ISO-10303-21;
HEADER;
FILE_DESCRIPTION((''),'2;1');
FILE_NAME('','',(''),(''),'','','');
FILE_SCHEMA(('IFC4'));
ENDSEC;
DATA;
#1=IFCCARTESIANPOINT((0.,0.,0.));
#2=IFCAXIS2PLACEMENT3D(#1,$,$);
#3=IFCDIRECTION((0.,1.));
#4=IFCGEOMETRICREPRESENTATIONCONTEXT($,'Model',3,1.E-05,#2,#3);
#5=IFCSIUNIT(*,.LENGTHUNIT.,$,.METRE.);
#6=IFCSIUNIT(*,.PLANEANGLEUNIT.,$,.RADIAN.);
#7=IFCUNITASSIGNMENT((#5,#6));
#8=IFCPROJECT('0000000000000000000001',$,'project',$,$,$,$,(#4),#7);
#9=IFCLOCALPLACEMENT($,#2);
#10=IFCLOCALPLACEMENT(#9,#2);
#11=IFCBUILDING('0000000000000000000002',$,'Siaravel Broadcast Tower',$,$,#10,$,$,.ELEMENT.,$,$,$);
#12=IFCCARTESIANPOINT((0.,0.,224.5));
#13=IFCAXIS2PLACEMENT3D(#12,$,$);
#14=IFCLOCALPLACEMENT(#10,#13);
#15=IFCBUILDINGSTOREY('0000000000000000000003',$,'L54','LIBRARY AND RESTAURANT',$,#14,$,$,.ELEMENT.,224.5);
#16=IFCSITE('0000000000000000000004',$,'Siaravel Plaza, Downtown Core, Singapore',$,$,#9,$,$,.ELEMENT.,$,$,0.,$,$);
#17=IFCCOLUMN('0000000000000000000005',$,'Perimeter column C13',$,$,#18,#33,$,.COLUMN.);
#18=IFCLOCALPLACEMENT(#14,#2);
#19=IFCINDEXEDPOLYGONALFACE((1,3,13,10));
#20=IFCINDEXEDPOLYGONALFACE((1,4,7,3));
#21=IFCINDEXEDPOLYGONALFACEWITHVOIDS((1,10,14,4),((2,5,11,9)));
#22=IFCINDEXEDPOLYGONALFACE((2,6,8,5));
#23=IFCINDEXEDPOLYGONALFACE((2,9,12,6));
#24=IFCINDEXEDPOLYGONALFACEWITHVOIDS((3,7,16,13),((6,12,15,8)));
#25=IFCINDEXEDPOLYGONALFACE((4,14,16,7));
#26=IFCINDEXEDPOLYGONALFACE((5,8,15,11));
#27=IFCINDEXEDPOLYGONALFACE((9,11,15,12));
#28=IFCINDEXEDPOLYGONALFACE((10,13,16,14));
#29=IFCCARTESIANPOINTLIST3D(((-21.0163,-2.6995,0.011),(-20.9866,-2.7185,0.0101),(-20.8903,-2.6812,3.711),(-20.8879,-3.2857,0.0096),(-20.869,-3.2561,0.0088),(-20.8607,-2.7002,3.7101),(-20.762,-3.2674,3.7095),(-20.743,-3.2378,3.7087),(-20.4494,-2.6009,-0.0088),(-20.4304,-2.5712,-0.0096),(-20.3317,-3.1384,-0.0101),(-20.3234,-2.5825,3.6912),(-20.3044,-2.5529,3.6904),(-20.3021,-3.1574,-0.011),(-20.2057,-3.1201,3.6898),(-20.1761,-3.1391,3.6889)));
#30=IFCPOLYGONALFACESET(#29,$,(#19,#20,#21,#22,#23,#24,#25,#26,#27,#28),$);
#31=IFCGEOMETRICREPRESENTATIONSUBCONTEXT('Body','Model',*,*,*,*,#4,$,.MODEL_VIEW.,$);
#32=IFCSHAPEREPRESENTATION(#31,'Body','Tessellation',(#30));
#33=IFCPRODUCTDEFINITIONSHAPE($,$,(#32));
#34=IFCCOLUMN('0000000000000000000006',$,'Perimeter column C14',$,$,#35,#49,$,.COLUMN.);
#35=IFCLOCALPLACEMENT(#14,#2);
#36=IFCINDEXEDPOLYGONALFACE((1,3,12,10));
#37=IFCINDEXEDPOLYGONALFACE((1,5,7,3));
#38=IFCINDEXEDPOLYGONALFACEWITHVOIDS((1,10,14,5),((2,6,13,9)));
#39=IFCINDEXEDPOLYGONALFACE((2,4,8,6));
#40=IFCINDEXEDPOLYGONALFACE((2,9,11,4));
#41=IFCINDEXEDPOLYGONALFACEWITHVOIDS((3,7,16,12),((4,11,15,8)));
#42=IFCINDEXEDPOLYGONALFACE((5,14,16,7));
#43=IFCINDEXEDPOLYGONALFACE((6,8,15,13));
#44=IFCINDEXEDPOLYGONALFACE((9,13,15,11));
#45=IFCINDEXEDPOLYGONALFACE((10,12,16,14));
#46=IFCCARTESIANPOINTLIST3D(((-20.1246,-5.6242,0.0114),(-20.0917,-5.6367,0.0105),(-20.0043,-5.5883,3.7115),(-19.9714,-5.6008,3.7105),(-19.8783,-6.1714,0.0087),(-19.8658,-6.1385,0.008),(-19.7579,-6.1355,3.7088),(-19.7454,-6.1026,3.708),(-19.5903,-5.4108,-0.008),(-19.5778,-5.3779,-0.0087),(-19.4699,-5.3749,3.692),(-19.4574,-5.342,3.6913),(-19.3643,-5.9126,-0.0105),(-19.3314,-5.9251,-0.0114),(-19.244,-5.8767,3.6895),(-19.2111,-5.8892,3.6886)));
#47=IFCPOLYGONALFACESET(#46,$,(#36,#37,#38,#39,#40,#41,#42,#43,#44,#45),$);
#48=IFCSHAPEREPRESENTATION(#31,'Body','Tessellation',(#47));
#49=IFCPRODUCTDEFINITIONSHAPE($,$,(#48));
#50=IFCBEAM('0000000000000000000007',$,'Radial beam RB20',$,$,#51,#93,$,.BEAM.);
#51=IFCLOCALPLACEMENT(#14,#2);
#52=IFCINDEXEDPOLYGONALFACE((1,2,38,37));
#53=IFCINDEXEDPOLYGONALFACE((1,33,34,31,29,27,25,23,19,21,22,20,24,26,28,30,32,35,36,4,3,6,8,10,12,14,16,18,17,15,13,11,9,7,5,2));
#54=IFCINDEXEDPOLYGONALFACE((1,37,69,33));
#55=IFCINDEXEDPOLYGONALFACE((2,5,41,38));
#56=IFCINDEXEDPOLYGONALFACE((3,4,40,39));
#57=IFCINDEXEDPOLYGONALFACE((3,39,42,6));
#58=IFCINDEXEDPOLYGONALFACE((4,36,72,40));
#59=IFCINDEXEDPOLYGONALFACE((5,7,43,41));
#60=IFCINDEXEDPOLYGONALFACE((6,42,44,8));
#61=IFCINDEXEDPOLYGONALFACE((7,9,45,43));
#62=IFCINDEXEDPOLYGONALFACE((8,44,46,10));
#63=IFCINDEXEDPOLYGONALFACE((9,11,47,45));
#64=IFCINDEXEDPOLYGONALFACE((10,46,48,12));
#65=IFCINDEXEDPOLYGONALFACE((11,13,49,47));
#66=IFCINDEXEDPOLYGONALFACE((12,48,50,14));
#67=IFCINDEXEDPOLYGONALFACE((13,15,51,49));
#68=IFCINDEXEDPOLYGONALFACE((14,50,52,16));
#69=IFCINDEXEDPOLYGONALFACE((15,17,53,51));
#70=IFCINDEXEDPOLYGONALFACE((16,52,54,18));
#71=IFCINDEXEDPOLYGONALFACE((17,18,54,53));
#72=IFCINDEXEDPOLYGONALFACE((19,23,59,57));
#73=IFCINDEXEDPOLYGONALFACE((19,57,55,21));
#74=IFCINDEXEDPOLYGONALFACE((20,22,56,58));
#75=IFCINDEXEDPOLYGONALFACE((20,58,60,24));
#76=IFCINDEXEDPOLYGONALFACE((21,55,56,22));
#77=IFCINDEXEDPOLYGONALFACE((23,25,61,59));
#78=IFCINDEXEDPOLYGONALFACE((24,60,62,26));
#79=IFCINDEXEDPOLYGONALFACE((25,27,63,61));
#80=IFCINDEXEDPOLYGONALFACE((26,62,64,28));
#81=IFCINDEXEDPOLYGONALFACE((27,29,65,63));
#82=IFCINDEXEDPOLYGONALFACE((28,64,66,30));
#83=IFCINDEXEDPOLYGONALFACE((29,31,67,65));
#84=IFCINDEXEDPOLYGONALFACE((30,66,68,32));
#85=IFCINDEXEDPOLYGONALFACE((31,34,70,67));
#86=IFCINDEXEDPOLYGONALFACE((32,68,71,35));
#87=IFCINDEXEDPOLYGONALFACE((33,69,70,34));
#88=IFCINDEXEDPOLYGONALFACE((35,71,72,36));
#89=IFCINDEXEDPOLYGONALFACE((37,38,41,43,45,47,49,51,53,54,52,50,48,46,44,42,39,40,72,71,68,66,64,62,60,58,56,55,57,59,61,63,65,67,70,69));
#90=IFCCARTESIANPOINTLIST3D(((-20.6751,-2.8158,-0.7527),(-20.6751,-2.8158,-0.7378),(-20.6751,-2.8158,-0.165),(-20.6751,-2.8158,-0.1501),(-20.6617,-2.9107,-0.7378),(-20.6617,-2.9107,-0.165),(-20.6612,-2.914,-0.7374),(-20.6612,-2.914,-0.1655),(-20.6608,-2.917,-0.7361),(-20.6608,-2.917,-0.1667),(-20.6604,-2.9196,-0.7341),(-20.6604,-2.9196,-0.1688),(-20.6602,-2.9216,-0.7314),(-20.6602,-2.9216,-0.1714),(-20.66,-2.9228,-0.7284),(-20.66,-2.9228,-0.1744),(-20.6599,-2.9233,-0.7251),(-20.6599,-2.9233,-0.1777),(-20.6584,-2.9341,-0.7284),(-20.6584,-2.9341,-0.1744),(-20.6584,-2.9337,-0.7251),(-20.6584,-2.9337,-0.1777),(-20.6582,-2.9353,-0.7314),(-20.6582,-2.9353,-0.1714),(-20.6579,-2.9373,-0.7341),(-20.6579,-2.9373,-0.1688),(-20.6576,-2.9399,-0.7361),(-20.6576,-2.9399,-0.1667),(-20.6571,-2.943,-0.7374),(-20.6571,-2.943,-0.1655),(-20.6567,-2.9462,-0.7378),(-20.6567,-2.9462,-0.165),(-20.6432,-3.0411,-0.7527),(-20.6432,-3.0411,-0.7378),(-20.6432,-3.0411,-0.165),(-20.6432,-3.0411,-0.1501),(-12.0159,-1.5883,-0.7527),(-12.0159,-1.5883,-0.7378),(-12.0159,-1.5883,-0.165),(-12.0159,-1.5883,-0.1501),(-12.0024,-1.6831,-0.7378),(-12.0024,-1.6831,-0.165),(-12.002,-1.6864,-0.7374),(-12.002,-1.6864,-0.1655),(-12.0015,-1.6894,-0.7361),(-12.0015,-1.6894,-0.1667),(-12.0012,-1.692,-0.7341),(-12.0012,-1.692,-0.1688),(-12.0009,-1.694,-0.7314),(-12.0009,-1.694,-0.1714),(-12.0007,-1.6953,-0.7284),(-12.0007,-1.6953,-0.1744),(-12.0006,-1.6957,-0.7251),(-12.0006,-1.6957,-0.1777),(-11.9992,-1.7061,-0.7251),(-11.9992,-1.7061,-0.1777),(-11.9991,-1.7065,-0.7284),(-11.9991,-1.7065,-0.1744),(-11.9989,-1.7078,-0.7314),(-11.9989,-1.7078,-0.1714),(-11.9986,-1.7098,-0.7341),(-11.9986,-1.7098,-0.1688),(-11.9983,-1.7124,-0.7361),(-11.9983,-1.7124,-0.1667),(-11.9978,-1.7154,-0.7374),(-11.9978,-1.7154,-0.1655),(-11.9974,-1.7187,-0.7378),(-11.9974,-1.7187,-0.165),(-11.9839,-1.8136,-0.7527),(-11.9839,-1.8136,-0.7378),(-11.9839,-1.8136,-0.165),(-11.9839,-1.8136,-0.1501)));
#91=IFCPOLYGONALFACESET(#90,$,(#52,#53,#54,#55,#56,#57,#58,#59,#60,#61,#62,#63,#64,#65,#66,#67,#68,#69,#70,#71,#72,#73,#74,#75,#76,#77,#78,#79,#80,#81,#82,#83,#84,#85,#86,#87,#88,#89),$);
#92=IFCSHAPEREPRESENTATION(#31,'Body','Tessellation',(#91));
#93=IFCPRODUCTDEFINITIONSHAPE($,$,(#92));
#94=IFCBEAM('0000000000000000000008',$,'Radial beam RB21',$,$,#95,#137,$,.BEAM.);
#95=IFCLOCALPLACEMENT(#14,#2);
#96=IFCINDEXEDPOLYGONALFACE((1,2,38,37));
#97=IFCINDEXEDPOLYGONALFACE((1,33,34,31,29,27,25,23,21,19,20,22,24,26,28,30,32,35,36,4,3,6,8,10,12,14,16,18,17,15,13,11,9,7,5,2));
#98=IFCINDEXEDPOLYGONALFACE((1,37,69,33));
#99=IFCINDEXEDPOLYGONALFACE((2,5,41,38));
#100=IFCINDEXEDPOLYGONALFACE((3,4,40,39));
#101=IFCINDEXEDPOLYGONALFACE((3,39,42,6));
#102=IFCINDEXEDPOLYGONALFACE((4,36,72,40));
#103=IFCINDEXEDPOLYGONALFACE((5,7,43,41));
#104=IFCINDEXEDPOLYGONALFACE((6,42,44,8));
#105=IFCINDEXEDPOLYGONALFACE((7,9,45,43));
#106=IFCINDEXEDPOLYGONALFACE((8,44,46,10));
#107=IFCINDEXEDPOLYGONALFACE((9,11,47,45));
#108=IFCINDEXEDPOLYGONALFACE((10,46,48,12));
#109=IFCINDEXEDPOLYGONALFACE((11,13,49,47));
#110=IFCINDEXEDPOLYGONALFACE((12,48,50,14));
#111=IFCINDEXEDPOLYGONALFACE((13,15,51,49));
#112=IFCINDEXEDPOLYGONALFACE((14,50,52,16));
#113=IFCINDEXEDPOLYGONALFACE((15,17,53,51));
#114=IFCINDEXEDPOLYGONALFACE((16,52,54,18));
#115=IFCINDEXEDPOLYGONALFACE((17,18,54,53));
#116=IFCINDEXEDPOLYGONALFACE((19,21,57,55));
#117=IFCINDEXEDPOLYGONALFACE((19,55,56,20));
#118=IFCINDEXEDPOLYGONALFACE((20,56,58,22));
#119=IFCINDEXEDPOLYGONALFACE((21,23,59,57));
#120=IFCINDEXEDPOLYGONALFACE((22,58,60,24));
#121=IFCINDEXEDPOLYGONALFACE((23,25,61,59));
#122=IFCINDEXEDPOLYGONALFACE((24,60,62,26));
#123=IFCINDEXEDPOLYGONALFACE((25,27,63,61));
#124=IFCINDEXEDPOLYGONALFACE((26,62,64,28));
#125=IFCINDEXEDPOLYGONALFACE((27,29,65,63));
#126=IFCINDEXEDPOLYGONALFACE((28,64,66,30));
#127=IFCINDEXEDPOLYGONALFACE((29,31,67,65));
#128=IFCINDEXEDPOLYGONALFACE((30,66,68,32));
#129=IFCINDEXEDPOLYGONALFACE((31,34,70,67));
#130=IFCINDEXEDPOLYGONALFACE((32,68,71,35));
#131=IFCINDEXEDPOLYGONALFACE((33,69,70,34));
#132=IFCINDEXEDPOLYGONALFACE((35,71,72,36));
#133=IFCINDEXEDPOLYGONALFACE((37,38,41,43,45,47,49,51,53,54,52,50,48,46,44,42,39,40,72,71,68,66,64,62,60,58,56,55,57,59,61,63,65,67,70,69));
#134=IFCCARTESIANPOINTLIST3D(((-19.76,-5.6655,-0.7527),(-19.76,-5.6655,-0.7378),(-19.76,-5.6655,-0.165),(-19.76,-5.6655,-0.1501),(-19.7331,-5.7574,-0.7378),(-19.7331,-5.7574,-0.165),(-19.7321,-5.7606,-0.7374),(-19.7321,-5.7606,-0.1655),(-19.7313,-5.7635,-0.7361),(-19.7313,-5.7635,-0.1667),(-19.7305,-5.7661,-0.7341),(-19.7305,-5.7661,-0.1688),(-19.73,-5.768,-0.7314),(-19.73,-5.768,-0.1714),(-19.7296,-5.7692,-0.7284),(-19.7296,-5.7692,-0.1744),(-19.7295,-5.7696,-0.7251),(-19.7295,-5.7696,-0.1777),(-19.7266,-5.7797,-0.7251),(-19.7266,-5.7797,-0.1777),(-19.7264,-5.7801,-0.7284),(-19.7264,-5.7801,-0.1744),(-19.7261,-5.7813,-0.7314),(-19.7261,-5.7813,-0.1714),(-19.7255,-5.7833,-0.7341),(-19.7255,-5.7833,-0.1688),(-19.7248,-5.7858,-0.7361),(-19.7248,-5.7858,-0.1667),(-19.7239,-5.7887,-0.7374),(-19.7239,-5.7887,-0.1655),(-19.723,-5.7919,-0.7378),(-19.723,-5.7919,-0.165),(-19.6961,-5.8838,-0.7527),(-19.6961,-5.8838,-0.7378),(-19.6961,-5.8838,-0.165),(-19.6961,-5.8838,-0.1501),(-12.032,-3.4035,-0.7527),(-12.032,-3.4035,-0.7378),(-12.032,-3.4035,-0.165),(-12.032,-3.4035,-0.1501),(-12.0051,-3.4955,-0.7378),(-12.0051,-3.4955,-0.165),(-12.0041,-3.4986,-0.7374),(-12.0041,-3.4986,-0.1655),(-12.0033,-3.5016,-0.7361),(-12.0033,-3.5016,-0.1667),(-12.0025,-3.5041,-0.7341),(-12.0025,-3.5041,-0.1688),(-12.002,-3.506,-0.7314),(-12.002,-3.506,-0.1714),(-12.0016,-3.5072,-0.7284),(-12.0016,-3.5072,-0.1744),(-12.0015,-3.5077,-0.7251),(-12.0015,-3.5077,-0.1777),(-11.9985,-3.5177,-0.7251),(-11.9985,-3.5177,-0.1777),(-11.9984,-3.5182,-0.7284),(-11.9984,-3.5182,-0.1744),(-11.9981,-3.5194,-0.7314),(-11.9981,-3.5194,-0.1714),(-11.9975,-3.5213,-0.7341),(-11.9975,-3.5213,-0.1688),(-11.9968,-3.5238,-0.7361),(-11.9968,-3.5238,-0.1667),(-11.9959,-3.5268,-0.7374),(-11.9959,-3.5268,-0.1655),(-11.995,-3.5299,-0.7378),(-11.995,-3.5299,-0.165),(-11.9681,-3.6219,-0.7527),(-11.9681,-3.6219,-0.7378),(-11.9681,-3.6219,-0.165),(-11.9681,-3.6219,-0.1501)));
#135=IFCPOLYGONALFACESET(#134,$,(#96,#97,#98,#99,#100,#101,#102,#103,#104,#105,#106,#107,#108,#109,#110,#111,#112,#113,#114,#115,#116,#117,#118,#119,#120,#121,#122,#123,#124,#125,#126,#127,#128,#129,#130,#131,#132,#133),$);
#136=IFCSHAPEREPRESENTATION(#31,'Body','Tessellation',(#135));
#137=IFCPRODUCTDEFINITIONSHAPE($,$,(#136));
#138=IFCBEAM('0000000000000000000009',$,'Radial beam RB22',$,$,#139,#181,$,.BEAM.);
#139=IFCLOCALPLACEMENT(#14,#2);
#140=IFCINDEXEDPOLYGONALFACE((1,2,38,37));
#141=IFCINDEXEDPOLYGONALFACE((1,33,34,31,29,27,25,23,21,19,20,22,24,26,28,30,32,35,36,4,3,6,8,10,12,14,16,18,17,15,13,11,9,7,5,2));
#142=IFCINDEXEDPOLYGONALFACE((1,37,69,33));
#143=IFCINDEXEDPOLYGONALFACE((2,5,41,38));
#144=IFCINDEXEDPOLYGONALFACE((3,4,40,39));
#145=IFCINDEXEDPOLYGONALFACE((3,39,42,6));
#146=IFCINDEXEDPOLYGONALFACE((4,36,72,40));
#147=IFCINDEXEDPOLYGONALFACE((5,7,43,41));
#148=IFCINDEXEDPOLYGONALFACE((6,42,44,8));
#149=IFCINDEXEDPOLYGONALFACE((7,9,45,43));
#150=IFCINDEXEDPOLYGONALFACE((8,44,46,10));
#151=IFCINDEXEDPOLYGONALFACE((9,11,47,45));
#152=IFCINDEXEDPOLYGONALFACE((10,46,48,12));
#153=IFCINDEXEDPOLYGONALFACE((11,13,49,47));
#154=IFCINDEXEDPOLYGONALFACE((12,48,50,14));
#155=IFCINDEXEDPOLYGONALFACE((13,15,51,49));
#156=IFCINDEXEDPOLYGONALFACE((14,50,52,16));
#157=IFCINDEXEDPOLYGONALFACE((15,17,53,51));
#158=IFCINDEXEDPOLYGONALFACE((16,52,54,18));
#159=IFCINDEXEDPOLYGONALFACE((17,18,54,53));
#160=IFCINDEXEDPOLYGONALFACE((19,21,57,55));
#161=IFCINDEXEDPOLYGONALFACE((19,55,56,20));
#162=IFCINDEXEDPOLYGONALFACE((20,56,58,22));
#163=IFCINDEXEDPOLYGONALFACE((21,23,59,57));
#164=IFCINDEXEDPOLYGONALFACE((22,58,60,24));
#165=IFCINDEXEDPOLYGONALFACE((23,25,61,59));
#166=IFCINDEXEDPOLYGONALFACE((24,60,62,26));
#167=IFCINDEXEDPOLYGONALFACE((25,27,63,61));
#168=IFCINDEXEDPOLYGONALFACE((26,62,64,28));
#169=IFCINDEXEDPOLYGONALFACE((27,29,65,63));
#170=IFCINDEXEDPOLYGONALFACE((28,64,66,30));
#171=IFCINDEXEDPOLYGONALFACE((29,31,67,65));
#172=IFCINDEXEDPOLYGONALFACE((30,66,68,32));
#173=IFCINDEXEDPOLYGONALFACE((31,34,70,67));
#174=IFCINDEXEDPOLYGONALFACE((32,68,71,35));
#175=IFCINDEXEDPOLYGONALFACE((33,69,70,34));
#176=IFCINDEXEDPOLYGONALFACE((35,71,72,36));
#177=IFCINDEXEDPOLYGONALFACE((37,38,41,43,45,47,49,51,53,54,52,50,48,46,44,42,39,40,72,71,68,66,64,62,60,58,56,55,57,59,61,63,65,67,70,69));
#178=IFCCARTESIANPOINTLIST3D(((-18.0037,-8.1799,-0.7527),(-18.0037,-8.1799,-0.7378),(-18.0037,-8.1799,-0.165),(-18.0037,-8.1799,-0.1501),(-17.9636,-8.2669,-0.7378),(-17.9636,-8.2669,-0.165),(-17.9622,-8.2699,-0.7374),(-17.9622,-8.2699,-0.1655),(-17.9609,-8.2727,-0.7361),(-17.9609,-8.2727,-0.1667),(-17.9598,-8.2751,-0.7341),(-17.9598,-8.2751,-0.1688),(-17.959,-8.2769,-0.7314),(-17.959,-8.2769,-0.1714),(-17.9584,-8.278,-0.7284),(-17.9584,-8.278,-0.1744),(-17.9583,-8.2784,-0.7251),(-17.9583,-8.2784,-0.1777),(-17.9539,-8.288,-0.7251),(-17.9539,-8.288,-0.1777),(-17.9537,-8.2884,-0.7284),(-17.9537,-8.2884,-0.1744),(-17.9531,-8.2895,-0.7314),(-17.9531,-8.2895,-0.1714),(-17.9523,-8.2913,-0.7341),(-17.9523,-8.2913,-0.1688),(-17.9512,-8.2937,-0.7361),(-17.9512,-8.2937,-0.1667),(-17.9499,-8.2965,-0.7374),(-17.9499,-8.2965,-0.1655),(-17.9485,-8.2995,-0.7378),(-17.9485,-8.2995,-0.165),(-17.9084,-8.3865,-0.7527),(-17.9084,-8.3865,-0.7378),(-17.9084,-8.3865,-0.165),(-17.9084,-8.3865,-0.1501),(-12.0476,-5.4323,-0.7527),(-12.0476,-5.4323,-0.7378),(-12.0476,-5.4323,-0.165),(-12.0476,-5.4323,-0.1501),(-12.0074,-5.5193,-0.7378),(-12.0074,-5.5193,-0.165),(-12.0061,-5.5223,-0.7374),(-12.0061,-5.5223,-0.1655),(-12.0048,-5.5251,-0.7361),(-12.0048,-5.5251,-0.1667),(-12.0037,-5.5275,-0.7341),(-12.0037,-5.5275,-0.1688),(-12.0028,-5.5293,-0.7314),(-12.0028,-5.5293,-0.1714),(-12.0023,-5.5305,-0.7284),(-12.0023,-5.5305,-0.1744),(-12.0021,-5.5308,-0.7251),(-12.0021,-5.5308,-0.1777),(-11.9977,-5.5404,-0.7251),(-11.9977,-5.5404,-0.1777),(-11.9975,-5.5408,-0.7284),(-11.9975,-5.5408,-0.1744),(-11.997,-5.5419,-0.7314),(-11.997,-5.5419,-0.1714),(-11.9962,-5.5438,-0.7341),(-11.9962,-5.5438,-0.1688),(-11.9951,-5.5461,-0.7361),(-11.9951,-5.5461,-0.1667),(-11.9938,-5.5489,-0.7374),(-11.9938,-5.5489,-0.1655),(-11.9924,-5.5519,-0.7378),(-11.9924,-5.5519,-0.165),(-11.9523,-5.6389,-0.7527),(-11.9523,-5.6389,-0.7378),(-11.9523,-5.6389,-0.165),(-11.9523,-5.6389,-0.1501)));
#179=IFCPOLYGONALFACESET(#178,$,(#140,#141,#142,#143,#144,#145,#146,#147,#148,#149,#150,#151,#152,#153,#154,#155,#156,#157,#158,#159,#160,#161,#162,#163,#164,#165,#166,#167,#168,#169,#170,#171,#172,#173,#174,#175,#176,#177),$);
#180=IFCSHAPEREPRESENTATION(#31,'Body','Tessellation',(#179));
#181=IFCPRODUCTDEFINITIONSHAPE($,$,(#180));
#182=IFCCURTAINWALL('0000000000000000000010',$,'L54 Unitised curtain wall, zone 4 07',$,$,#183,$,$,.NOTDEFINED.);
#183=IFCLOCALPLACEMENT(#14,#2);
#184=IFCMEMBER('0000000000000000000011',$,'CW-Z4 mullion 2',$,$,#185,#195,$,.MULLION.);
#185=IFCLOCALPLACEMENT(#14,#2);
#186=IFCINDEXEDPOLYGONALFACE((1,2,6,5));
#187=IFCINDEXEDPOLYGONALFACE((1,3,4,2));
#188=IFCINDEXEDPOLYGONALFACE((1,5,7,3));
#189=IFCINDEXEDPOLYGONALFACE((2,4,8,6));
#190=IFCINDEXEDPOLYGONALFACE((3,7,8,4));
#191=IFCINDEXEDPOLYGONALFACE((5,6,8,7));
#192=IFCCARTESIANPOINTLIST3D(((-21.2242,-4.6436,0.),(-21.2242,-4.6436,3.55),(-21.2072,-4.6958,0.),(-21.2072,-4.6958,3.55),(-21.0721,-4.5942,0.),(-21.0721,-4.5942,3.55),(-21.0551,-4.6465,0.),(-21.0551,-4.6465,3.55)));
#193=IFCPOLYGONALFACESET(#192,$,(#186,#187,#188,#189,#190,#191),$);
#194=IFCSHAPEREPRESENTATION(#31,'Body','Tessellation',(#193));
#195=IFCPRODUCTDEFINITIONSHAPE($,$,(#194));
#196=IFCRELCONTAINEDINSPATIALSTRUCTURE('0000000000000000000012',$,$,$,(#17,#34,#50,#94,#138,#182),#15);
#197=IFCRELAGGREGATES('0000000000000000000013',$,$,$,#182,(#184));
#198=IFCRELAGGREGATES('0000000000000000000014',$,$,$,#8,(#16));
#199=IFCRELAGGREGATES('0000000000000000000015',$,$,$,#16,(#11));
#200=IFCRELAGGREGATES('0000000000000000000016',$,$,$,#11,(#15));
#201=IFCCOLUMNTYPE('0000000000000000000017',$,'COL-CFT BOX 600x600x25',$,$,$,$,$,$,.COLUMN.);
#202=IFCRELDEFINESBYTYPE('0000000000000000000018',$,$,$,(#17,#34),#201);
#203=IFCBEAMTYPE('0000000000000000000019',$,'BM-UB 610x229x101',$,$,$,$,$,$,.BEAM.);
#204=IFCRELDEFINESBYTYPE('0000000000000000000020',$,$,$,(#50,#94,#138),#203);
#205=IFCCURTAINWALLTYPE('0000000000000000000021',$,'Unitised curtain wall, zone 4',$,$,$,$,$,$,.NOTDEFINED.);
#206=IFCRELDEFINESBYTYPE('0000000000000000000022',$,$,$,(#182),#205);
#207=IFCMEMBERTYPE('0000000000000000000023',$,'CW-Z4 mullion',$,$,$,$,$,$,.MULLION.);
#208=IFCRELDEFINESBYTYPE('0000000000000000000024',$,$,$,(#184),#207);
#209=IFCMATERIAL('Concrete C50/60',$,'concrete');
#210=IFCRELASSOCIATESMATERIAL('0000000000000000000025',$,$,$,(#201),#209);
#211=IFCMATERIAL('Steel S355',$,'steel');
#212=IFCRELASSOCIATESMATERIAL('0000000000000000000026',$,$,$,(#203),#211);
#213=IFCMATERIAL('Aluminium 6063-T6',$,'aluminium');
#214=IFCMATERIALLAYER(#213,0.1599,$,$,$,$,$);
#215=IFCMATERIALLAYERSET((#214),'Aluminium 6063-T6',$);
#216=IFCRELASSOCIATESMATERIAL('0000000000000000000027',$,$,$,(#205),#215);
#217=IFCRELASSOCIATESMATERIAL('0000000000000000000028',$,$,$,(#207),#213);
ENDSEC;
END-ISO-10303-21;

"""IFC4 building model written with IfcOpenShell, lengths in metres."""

from ifc_helpers import new_model, si_unit, direction, frame, origin, origin_2d, place, context, subcontext, project, spatial, rectangle, hollow_rectangle, i_section, extrude, material, layer, layer_set, material_profile, profile_set, type_object, element, aggregate, save


model = new_model("IFC4")

# Units and contexts
model_context = context("Model", 3, precision=1e-05, world=origin(), true_north=direction((0.0, 1.0)))
body_context = subcontext(model_context, "Body", "Model", "MODEL_VIEW")
ifc_project = project(units=[si_unit("LENGTHUNIT", "METRE"), si_unit("PLANEANGLEUNIT", "RADIAN")], contexts=[model_context])

# Site, building, storey
site_placement = place(None, origin())
site = spatial("IfcSite", under=ifc_project, at=site_placement, Name="Siaravel Plaza, Downtown Core, Singapore", CompositionType="ELEMENT", RefElevation=0.0)
building_placement = place(site_placement, origin())
building = spatial("IfcBuilding", under=site, at=building_placement, Name="Siaravel Broadcast Tower", CompositionType="ELEMENT")
storey_placement = place(building_placement, frame((0.0, 0.0, 224.5)))
storey = spatial("IfcBuildingStorey", under=building, at=storey_placement, Name="L54", Description="LIBRARY AND RESTAURANT", CompositionType="ELEMENT", Elevation=224.5)

# Columns
ifc_material_1 = material(Name="Concrete C50/60", Category="concrete")
ifc_material_profile_1 = material_profile(ifc_material_1, hollow_rectangle(XDim=0.6001, YDim=0.6001, WallThickness=0.0249, at=origin_2d()))
ifc_profile_set_1 = profile_set([ifc_material_profile_1], Name="Concrete C50/60")
column_type = type_object("IfcColumnType", Name="COL-CFT BOX 600x600x25", PredefinedType="COLUMN", material=ifc_profile_set_1)
for number, where, z_axis, x_axis, name in (
    (1, (-20.6592, -2.9285, 0.0), (0.034028, 0.004946, 0.999409), (-0.213841, 0.976865, 0.002447), "Perimeter column C13"),
    (2, (-19.728, -5.7747, 0.0), (0.032512, 0.009694, 0.999424), (-0.41057, 0.911818, 0.004512), "Perimeter column C14"),
):
    element("IfcColumn", number, at=place(storey_placement, frame(where, z_axis=z_axis, x_axis=x_axis)), inside=storey, type_object=column_type, Name=name, PredefinedType="COLUMN", context=body_context, shape_type="SweptSolid", body=[
        extrude(hollow_rectangle(XDim=0.6001, YDim=0.6001, WallThickness=0.0249, at=origin_2d()), origin(), (0.0, 0.0, 1.0), 3.7021),
    ])

# Beams
ifc_material_2 = material(Name="Steel S355", Category="steel")
ifc_material_profile_2 = material_profile(ifc_material_2, i_section(OverallWidth=0.2275, OverallDepth=0.6025, WebThickness=0.0105, FlangeThickness=0.0149, FilletRadius=0.0127, at=origin_2d()))
ifc_profile_set_2 = profile_set([ifc_material_profile_2], Name="Steel S355")
beam_type = type_object("IfcBeamType", Name="BM-UB 610x229x101", PredefinedType="BEAM", material=ifc_profile_set_2)
beam_1_placement = place(storey_placement, frame((-20.6592, -2.9285, -0.4514), z_axis=(0.990101, 0.140358, 0.0), x_axis=(-0.140358, 0.990101, 0.0)))
element("IfcBeam", 3, at=beam_1_placement, inside=storey, type_object=beam_type, Name="Radial beam RB20", PredefinedType="BEAM", context=body_context, shape_type="SweptSolid", body=[
    extrude(i_section(OverallWidth=0.2275, OverallDepth=0.6025, WebThickness=0.0105, FlangeThickness=0.0149, FilletRadius=0.0127, at=origin_2d()), origin(), (0.0, 0.0, 1.0), 8.7458),
])
beam_2_placement = place(storey_placement, frame((-19.728, -5.7747, -0.4514), z_axis=(0.959734, 0.28091, 0.0), x_axis=(-0.28091, 0.959734, 0.0)))
element("IfcBeam", 4, at=beam_2_placement, inside=storey, type_object=beam_type, Name="Radial beam RB21", PredefinedType="BEAM", context=body_context, shape_type="SweptSolid", body=[
    extrude(i_section(OverallWidth=0.2275, OverallDepth=0.6025, WebThickness=0.0105, FlangeThickness=0.0149, FilletRadius=0.0127, at=origin_2d()), origin(), (0.0, 0.0, 1.0), 8.0522),
])
beam_3_placement = place(storey_placement, frame((-17.9561, -8.2832, -0.4514), z_axis=(0.90804, 0.418884, 0.0), x_axis=(-0.418884, 0.90804, 0.0)))
element("IfcBeam", 5, at=beam_3_placement, inside=storey, type_object=beam_type, Name="Radial beam RB22", PredefinedType="BEAM", context=body_context, shape_type="SweptSolid", body=[
    extrude(i_section(OverallWidth=0.2275, OverallDepth=0.6025, WebThickness=0.0105, FlangeThickness=0.0149, FilletRadius=0.0127, at=origin_2d()), origin(), (0.0, 0.0, 1.0), 6.5593),
])

# Curtain wall, member
ifc_material_3 = material(Name="Aluminium 6063-T6", Category="aluminium")
ifc_layer_1 = layer(ifc_material_3, 0.1599)
ifc_layer_set_1 = layer_set([ifc_layer_1], Name="Aluminium 6063-T6")
curtain_wall_type = type_object("IfcCurtainWallType", Name="Unitised curtain wall, zone 4", PredefinedType="NOTDEFINED", material=ifc_layer_set_1)
curtain_wall_placement = place(storey_placement, origin())
curtain_wall = element("IfcCurtainWall", 6, at=curtain_wall_placement, inside=storey, type_object=curtain_wall_type, Name="L54 Unitised curtain wall, zone 4 07", PredefinedType="NOTDEFINED")
ifc_material_profile_3 = material_profile(ifc_material_3, rectangle(XDim=0.1599, YDim=0.0549, at=origin_2d()))
ifc_profile_set_3 = profile_set([ifc_material_profile_3], Name="Aluminium 6063-T6")
member_type_1 = type_object("IfcMemberType", Name="CW-Z4 mullion", PredefinedType="MULLION", material=ifc_profile_set_3)
member_1_placement = place(storey_placement, frame((-21.1396, -4.645, 0.0), z_axis=(0.0, 0.0, 1.0), x_axis=(0.951178, 0.308644, 0.0)))
member_1 = element("IfcMember", 7, at=member_1_placement, type_object=member_type_1, Name="CW-Z4 mullion 2", PredefinedType="MULLION", context=body_context, shape_type="SweptSolid", body=[
    extrude(rectangle(XDim=0.1599, YDim=0.0549, at=origin_2d()), origin(), (0.0, 0.0, 1.0), 3.55),
])
aggregate(curtain_wall, [member_1])

save(model, "model.ifc")
